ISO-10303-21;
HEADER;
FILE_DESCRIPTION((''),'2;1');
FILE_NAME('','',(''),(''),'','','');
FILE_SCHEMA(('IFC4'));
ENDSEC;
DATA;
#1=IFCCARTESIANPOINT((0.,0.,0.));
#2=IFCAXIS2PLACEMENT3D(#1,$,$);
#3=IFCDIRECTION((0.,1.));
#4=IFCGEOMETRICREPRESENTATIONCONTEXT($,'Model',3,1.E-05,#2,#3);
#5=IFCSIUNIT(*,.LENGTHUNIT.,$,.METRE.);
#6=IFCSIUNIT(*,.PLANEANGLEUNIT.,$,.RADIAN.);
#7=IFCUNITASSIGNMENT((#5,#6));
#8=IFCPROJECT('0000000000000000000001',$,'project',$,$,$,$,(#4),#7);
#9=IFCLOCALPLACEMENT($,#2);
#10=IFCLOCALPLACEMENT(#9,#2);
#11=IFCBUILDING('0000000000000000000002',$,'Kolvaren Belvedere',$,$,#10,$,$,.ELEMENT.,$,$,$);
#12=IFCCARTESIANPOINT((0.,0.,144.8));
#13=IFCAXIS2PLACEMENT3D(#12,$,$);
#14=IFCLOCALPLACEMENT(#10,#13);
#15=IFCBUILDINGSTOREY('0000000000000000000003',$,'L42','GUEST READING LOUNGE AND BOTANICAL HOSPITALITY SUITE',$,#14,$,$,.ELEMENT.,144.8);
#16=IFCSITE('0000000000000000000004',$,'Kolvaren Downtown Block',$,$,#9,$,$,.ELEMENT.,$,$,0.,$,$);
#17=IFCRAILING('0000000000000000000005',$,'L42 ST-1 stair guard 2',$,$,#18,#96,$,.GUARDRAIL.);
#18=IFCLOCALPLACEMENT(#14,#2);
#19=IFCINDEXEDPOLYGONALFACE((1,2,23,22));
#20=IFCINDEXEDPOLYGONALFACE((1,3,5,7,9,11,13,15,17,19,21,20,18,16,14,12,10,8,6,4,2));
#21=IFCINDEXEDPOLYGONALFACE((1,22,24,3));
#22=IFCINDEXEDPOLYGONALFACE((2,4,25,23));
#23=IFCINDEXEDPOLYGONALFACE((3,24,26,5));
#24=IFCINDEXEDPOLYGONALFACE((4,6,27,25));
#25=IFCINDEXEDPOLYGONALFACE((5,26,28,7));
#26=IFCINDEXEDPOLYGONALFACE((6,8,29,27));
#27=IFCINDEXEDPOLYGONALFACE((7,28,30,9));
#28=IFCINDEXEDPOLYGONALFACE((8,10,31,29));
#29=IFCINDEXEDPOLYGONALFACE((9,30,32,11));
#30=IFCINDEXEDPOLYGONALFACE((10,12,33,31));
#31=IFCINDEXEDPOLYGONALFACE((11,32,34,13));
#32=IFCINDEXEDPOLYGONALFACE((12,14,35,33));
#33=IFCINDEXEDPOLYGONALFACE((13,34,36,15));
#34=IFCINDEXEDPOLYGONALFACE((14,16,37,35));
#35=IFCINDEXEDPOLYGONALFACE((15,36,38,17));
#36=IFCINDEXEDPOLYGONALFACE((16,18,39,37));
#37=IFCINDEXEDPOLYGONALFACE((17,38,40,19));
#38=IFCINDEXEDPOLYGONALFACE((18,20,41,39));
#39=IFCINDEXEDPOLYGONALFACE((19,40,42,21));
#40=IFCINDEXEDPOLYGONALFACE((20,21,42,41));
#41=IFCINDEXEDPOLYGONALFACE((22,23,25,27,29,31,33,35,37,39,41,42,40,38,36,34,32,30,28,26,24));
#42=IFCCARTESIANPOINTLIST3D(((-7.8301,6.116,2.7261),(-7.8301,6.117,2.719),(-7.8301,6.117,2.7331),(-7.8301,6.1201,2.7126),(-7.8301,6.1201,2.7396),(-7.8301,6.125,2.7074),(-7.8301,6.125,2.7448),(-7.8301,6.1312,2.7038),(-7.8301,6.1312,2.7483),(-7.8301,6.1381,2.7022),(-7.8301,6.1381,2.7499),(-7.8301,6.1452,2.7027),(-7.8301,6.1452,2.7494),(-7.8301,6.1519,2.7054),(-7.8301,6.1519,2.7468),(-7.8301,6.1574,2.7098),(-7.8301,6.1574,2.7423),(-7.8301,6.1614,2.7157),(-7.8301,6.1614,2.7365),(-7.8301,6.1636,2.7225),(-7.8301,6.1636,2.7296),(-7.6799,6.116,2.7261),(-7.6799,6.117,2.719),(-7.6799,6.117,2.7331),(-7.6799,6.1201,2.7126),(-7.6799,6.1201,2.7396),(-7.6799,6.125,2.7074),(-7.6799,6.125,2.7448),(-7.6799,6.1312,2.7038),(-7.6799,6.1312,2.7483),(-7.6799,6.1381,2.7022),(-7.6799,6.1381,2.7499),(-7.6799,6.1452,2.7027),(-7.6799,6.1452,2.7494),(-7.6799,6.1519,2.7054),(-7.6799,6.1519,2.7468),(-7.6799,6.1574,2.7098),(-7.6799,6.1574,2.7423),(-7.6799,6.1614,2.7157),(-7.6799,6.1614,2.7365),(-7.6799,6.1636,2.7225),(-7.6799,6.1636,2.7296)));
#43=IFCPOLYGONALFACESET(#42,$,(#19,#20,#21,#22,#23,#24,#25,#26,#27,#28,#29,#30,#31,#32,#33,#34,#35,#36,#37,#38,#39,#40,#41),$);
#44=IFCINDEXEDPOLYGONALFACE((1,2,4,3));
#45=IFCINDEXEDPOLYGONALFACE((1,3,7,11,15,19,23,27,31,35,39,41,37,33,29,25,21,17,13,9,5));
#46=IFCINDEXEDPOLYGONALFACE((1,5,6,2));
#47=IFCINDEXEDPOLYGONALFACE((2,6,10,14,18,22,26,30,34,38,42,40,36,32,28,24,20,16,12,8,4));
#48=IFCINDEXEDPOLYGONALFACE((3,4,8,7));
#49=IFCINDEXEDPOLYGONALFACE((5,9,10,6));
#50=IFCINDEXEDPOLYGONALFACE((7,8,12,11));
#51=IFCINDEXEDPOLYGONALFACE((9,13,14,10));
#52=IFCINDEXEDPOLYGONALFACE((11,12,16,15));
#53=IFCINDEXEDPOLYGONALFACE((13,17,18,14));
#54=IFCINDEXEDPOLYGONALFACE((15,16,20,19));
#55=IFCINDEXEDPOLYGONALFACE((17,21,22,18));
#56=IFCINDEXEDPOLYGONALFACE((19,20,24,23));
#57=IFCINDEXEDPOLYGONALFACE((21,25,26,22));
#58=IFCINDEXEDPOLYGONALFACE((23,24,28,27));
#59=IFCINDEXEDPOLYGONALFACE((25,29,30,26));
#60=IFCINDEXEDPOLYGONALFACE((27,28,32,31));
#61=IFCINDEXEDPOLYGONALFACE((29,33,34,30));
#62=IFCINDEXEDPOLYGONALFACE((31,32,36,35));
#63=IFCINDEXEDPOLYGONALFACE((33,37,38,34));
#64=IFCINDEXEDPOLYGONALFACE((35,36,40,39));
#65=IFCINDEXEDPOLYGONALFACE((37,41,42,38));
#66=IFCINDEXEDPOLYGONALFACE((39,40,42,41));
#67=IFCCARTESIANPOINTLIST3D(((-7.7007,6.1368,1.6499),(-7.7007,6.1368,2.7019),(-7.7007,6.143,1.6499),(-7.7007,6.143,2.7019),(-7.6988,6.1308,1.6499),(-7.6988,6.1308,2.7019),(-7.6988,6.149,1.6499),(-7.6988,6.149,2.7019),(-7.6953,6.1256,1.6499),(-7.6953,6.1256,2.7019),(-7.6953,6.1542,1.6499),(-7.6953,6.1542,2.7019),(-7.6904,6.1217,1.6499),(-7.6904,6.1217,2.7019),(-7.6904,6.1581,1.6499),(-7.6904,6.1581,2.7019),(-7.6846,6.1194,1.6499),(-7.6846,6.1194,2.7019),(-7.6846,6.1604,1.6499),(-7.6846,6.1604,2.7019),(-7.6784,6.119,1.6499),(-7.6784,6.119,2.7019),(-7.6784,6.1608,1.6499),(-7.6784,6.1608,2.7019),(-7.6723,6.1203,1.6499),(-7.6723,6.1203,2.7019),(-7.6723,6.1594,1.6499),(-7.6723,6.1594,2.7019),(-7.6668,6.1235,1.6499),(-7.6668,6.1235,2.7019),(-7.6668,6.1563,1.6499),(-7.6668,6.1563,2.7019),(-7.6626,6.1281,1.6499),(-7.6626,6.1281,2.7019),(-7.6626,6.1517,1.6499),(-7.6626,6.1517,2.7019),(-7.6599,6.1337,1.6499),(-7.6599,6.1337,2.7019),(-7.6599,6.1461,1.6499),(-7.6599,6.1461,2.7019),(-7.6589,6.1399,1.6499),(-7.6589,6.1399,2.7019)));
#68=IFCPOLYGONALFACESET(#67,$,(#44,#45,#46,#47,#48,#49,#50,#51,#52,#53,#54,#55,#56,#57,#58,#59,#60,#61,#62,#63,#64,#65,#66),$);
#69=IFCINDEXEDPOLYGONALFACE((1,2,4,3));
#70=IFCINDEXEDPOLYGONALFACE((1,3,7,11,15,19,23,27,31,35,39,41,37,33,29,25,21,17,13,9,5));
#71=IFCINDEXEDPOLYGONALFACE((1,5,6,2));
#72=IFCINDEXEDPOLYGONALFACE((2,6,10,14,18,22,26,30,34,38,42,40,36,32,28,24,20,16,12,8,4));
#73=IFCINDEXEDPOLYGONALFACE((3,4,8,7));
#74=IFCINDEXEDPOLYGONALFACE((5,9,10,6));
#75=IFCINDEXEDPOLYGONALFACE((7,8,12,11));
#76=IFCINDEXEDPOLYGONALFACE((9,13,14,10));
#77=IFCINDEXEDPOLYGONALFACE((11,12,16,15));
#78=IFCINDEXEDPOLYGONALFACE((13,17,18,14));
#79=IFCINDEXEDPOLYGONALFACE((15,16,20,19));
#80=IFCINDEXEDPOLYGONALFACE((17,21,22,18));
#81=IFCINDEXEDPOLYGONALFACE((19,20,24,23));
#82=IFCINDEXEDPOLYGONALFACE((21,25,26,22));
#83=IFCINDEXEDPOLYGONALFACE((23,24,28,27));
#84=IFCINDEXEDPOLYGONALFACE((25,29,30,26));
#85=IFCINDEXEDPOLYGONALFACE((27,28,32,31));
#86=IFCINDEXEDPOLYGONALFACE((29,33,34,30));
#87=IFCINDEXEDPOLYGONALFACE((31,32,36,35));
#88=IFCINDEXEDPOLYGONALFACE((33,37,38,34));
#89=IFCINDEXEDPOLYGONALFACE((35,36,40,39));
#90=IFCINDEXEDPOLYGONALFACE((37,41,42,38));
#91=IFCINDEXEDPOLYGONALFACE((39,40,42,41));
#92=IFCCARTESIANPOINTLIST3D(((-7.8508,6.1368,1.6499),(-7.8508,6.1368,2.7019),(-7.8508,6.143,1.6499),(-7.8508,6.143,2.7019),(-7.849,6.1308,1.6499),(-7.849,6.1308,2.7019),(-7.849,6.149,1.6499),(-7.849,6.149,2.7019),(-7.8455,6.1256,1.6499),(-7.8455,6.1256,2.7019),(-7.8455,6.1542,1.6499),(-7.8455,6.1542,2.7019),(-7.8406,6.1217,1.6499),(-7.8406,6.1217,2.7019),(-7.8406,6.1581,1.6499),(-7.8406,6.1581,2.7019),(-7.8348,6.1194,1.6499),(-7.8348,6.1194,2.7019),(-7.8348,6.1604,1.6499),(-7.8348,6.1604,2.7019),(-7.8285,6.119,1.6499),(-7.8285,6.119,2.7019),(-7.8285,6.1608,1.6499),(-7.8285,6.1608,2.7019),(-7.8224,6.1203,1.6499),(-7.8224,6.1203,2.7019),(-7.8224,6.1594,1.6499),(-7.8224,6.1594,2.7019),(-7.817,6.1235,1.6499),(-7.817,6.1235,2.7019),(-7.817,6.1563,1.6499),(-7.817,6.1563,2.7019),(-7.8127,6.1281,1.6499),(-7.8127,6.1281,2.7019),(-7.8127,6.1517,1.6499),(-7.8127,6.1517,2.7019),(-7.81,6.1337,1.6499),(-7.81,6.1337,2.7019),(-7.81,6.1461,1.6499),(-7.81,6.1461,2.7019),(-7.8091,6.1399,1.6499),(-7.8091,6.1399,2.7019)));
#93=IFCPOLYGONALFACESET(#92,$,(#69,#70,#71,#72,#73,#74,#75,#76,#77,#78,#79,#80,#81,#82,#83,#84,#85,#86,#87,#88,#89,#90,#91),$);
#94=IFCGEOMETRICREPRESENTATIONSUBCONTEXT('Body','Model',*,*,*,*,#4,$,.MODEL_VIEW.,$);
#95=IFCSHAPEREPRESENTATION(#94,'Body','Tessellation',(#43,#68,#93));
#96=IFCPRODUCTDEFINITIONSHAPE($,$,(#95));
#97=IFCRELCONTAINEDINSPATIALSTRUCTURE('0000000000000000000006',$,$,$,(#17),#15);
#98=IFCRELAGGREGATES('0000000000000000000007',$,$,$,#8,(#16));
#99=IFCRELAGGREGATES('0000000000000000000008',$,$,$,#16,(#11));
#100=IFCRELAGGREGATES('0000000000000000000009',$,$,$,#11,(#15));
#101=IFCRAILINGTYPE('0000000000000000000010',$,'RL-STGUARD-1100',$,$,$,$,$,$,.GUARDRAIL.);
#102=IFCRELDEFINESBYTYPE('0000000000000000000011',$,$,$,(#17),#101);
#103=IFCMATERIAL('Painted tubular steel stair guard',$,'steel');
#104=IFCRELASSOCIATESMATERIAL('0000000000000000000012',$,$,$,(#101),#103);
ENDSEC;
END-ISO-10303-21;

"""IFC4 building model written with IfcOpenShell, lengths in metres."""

from ifc_helpers import new_model, si_unit, direction, frame, origin, origin_2d, place, context, subcontext, project, spatial, circle, extrude, material, type_object, element, save


model = new_model("IFC4")

# Units and contexts
model_context = context("Model", 3, precision=1e-05, world=origin(), true_north=direction((0.0, 1.0)))
body_context = subcontext(model_context, "Body", "Model", "MODEL_VIEW")
ifc_project = project(units=[si_unit("LENGTHUNIT", "METRE"), si_unit("PLANEANGLEUNIT", "RADIAN")], contexts=[model_context])

# Site, building, storey
site_placement = place(None, origin())
site = spatial("IfcSite", under=ifc_project, at=site_placement, Name="Kolvaren Downtown Block", CompositionType="ELEMENT", RefElevation=0.0)
building_placement = place(site_placement, origin())
building = spatial("IfcBuilding", under=site, at=building_placement, Name="Kolvaren Belvedere", CompositionType="ELEMENT")
storey_placement = place(building_placement, frame((0.0, 0.0, 144.8)))
storey = spatial("IfcBuildingStorey", under=building, at=storey_placement, Name="L42", Description="GUEST READING LOUNGE AND BOTANICAL HOSPITALITY SUITE", CompositionType="ELEMENT", Elevation=144.8)

# Railing
ifc_material_1 = material(Name="Painted tubular steel stair guard", Category="steel")
railing_type_1 = type_object("IfcRailingType", Name="RL-STGUARD-1100", PredefinedType="GUARDRAIL", material=ifc_material_1)
railing_1_placement = place(storey_placement, frame((-7.6799, 6.1399, 1.6499)))
element("IfcRailing", 1, at=railing_1_placement, inside=storey, type_object=railing_type_1, Name="L42 ST-1 stair guard 2", PredefinedType="GUARDRAIL", context=body_context, shape_type="SweptSolid", body=[
    extrude(circle(Radius=0.0239, at=origin_2d()), frame((0.0, 0.0, 1.0762), z_axis=(-1.0, 0.0, 0.0), x_axis=(0.0, -1.0, 0.0)), (0.0, 0.0, 1.0), 0.1501),
    extrude(circle(Radius=0.021, at=origin_2d()), origin(), (0.0, 0.0, 1.0), 1.052),
    extrude(circle(Radius=0.021, at=origin_2d()), frame((-0.1501, 0.0, 0.0)), (0.0, 0.0, 1.0), 1.052),
])

save(model, "model.ifc")
